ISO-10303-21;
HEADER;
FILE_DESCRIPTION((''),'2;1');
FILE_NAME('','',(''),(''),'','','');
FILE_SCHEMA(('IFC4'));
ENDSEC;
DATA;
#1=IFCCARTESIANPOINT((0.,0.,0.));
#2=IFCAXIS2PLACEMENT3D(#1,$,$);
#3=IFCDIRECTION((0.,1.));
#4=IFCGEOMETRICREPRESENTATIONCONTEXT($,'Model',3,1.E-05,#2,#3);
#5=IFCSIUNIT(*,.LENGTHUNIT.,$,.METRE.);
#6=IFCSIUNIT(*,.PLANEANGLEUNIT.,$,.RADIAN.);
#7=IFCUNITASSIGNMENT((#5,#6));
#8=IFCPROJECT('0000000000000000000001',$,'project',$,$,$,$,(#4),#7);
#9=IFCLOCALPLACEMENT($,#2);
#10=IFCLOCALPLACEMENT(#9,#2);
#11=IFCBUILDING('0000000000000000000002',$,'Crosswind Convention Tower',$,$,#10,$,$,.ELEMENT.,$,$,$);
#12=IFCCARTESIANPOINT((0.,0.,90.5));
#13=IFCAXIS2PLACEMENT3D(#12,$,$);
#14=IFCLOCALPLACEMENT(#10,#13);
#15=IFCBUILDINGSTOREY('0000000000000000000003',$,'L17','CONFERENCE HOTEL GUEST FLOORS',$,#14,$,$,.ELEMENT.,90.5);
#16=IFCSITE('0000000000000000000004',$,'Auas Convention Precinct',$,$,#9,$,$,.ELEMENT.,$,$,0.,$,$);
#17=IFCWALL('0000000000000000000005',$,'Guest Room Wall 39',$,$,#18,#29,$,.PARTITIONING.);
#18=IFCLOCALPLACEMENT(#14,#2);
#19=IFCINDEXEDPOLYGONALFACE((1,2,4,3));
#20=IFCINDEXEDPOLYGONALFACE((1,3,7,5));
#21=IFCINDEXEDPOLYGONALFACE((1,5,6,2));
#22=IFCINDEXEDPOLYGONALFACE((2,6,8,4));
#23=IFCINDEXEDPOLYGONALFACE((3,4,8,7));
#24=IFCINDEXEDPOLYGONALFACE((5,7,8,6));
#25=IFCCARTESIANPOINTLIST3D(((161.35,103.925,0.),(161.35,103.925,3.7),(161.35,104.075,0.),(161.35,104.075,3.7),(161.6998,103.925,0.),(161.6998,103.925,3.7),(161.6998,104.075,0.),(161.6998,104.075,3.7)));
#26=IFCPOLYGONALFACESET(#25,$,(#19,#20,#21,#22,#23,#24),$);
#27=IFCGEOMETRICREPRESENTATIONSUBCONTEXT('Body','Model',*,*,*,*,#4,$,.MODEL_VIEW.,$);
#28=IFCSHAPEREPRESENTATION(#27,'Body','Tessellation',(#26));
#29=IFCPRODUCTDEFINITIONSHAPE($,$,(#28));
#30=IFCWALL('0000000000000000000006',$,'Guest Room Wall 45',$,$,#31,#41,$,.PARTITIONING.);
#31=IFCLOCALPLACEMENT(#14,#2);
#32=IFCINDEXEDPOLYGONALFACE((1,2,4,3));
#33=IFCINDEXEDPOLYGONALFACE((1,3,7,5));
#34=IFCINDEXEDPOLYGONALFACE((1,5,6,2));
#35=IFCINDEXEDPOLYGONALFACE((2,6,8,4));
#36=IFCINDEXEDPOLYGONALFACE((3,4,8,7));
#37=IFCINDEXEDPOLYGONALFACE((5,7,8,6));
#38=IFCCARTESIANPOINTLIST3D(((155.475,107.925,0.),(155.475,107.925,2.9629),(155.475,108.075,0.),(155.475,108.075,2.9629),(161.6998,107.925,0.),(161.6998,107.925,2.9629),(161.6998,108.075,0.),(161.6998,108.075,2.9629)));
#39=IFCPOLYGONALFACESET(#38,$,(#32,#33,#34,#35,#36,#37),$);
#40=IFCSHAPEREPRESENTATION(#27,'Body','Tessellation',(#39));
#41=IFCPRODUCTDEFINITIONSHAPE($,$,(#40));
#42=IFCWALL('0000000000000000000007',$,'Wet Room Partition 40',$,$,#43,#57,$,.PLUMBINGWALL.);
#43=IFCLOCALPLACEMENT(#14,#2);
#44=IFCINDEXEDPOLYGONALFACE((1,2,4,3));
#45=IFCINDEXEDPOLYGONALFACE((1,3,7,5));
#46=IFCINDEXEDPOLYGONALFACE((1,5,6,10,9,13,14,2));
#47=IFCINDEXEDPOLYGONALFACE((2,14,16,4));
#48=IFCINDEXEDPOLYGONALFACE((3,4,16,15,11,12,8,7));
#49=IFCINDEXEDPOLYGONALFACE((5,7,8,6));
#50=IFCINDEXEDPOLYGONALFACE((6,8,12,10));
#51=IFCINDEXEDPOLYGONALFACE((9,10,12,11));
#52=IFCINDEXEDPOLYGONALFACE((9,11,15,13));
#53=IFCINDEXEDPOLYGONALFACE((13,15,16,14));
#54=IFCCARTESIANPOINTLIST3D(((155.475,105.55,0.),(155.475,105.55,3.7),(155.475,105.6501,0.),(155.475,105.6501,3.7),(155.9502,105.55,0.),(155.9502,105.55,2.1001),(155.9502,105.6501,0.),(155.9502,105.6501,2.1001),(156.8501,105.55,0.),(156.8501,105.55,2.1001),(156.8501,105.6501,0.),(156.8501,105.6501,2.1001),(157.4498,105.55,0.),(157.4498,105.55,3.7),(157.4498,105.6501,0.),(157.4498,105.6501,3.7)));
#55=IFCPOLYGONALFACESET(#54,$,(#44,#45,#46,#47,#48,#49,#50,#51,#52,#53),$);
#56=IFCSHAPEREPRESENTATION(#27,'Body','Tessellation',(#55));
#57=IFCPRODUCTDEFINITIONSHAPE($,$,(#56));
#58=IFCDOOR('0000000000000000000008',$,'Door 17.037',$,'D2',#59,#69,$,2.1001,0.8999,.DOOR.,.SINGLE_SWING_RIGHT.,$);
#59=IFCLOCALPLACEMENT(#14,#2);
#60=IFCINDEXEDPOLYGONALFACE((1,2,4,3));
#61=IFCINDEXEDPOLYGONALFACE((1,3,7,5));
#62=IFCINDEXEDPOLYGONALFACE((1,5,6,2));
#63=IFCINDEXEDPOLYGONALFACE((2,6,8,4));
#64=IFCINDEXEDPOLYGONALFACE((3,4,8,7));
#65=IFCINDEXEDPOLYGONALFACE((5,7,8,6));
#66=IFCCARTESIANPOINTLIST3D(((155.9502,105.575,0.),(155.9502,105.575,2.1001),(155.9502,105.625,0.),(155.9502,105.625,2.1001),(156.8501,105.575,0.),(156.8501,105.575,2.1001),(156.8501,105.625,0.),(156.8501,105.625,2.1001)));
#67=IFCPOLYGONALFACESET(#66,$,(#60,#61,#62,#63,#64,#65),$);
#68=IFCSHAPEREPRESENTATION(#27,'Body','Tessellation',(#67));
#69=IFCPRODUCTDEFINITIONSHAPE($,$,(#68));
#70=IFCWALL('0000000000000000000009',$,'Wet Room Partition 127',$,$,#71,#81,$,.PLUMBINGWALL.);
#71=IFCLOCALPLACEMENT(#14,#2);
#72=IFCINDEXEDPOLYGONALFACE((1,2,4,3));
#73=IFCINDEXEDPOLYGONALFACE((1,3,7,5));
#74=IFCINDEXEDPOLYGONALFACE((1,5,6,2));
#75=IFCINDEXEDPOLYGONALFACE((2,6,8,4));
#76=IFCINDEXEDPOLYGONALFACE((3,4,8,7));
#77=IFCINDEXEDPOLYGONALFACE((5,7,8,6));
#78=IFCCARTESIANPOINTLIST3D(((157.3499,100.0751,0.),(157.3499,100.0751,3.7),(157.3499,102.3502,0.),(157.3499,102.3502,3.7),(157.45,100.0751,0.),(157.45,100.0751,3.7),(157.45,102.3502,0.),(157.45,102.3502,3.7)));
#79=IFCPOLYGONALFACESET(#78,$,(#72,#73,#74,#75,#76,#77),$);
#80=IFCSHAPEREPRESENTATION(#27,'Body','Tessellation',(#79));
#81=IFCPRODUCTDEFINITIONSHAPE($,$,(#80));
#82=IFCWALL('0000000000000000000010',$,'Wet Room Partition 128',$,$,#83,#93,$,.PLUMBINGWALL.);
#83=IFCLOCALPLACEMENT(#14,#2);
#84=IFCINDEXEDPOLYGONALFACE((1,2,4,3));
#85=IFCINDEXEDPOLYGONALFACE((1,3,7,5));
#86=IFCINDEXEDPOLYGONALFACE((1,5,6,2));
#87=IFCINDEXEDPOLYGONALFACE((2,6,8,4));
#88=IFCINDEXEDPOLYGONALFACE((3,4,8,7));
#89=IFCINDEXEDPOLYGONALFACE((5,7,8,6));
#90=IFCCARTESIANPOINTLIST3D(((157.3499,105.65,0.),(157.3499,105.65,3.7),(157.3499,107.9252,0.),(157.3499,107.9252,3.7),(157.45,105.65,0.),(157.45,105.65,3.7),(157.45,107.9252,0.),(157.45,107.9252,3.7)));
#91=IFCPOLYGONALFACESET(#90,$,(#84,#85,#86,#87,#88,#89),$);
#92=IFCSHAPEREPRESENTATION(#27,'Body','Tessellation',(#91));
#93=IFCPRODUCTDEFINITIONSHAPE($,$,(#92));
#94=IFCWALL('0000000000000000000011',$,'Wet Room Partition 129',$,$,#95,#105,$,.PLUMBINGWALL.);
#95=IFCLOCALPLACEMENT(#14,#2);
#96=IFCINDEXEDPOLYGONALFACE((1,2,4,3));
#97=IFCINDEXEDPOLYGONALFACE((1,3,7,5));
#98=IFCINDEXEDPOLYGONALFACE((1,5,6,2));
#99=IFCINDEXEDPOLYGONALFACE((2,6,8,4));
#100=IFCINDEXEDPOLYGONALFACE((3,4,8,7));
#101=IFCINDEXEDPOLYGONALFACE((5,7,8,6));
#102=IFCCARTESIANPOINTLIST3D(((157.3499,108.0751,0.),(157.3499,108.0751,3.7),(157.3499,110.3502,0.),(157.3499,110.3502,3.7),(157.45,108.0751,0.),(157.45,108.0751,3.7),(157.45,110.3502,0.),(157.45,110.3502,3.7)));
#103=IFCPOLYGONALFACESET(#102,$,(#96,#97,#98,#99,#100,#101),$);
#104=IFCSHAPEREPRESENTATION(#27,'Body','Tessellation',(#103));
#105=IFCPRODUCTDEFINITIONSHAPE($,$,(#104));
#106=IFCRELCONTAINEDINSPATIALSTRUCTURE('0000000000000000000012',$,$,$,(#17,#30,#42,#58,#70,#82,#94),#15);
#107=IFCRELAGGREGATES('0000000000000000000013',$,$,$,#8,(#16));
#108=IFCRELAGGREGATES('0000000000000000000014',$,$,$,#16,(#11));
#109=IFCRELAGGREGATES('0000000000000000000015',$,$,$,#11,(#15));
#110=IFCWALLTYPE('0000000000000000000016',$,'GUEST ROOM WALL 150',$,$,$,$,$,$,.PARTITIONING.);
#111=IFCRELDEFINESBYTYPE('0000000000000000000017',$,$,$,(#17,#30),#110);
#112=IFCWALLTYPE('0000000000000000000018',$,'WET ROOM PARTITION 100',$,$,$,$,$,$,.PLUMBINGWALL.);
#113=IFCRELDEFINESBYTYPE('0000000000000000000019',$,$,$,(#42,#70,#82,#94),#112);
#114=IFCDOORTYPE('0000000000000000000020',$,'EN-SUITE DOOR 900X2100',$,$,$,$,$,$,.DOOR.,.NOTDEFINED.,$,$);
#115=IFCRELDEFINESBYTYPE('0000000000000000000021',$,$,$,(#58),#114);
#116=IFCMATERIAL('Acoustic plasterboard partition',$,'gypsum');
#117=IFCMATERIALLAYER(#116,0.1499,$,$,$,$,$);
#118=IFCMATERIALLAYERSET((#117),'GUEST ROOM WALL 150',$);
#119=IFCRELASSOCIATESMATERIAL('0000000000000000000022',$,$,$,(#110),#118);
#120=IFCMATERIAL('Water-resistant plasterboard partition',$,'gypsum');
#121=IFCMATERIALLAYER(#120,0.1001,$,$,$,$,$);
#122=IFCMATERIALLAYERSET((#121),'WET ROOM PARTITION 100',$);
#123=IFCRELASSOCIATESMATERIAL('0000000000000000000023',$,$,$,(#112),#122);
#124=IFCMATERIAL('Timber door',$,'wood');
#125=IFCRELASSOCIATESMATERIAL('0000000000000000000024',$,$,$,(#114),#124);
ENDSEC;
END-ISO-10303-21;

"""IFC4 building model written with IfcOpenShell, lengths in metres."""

from ifc_helpers import new_model, si_unit, direction, frame, frame_2d, origin, place, context, subcontext, project, spatial, rectangle, extrude, material, layer, layer_set, type_object, element, fill, save


model = new_model("IFC4")

# Units and contexts
model_context = context("Model", 3, precision=1e-05, world=origin(), true_north=direction((0.0, 1.0)))
body_context = subcontext(model_context, "Body", "Model", "MODEL_VIEW")
ifc_project = project(units=[si_unit("LENGTHUNIT", "METRE"), si_unit("PLANEANGLEUNIT", "RADIAN")], contexts=[model_context])

# Site, building, storey
site_placement = place(None, origin())
site = spatial("IfcSite", under=ifc_project, at=site_placement, Name="Auas Convention Precinct", CompositionType="ELEMENT", RefElevation=0.0)
building_placement = place(site_placement, origin())
building = spatial("IfcBuilding", under=site, at=building_placement, Name="Crosswind Convention Tower", CompositionType="ELEMENT")
storey_placement = place(building_placement, frame((0.0, 0.0, 90.5)))
storey = spatial("IfcBuildingStorey", under=building, at=storey_placement, Name="L17", Description="CONFERENCE HOTEL GUEST FLOORS", CompositionType="ELEMENT", Elevation=90.5)

# Walls
ifc_material_1 = material(Name="Acoustic plasterboard partition", Category="gypsum")
ifc_layer_1 = layer(ifc_material_1, 0.1499)
ifc_layer_set_1 = layer_set([ifc_layer_1], Name="GUEST ROOM WALL 150")
wall_type_1 = type_object("IfcWallType", Name="GUEST ROOM WALL 150", PredefinedType="PARTITIONING", material=ifc_layer_set_1)
wall_1_placement = place(storey_placement, frame((161.3501, 104.0, 0.0), z_axis=(0.0, 0.0, 1.0), x_axis=(1.0, 0.0, 0.0)))
element("IfcWall", 1, at=wall_1_placement, inside=storey, type_object=wall_type_1, Name="Guest Room Wall 39", PredefinedType="PARTITIONING", context=body_context, shape_type="SweptSolid", body=[
    extrude(rectangle(XDim=0.3499, YDim=0.1499, at=frame_2d((0.1748, 0.0))), origin(), (0.0, 0.0, 1.0), 3.7),
])
wall_2_placement = place(storey_placement, frame((155.4751, 108.0, 0.0), z_axis=(0.0, 0.0, 1.0), x_axis=(1.0, 0.0, 0.0)))
element("IfcWall", 2, at=wall_2_placement, inside=storey, type_object=wall_type_1, Name="Guest Room Wall 45", PredefinedType="PARTITIONING", context=body_context, shape_type="SweptSolid", body=[
    extrude(rectangle(XDim=6.2249, YDim=0.1499, at=frame_2d((3.1123, 0.0))), origin(), (0.0, 0.0, 1.0), 2.9629),
])

# Wall, opening, door
ifc_material_2 = material(Name="Water-resistant plasterboard partition", Category="gypsum")
ifc_layer_2 = layer(ifc_material_2, 0.1001)
ifc_layer_set_2 = layer_set([ifc_layer_2], Name="WET ROOM PARTITION 100")
wall_type_2 = type_object("IfcWallType", Name="WET ROOM PARTITION 100", PredefinedType="PLUMBINGWALL", material=ifc_layer_set_2)
wall_3_placement = place(storey_placement, frame((155.4751, 105.6001, 0.0), z_axis=(0.0, 0.0, 1.0), x_axis=(1.0, 0.0, 0.0)))
wall_3 = element("IfcWall", 3, at=wall_3_placement, inside=storey, type_object=wall_type_2, Name="Wet Room Partition 40", PredefinedType="PLUMBINGWALL", context=body_context, shape_type="SweptSolid", body=[
    extrude(rectangle(XDim=1.9749, YDim=0.1001, at=frame_2d((0.9873, 0.0))), origin(), (0.0, 0.0, 1.0), 3.7),
])
opening_placement = place(wall_3_placement, frame((0.4751, 0.0, 0.0)))
opening = element("IfcOpeningElement", 4, at=opening_placement, cuts=wall_3, PredefinedType="OPENING", context=body_context, shape_type="SweptSolid", body=[
    extrude(rectangle(XDim=0.8999, YDim=2.1001, at=frame_2d((0.45, 1.05))), frame((0.0, 0.0601, 0.0), z_axis=(0.0, -1.0, 0.0), x_axis=(1.0, 0.0, 0.0)), (0.0, 0.0, 1.0), 0.1201),
])
ifc_material_3 = material(Name="Timber door", Category="wood")
door_type = type_object("IfcDoorType", Name="EN-SUITE DOOR 900X2100", OperationType="NOTDEFINED", PredefinedType="DOOR", material=ifc_material_3)
door_placement = place(opening_placement, origin())
door = element("IfcDoor", 5, at=door_placement, inside=storey, type_object=door_type, Name="Door 17.037", ObjectType="D2", OperationType="SINGLE_SWING_RIGHT", OverallHeight=2.1001, OverallWidth=0.8999, PredefinedType="DOOR", context=body_context, shape_type="SweptSolid", body=[
    extrude(rectangle(XDim=0.8999, YDim=2.1001, at=frame_2d((0.45, 1.05))), frame((0.0, 0.0249, 0.0), z_axis=(0.0, -1.0, 0.0), x_axis=(1.0, 0.0, 0.0)), (0.0, 0.0, 1.0), 0.05),
])
fill(opening, door)

# Walls
for number, where, z_axis, x_axis, name in (
    (6, (157.3999, 100.075, 0.0), (0.0, 0.0, 1.0), (0.0, 1.0, 0.0), "Wet Room Partition 127"),
    (7, (157.3999, 105.6499, 0.0), (0.0, 0.0, 1.0), (0.0, 1.0, 0.0), "Wet Room Partition 128"),
    (8, (157.3999, 108.075, 0.0), (0.0, 0.0, 1.0), (0.0, 1.0, 0.0), "Wet Room Partition 129"),
):
    element("IfcWall", number, at=place(storey_placement, frame(where, z_axis=z_axis, x_axis=x_axis)), inside=storey, type_object=wall_type_2, Name=name, PredefinedType="PLUMBINGWALL", context=body_context, shape_type="SweptSolid", body=[
        extrude(rectangle(XDim=2.2751, YDim=0.1001, at=frame_2d((1.1377, 0.0))), origin(), (0.0, 0.0, 1.0), 3.7),
    ])

save(model, "model.ifc")
